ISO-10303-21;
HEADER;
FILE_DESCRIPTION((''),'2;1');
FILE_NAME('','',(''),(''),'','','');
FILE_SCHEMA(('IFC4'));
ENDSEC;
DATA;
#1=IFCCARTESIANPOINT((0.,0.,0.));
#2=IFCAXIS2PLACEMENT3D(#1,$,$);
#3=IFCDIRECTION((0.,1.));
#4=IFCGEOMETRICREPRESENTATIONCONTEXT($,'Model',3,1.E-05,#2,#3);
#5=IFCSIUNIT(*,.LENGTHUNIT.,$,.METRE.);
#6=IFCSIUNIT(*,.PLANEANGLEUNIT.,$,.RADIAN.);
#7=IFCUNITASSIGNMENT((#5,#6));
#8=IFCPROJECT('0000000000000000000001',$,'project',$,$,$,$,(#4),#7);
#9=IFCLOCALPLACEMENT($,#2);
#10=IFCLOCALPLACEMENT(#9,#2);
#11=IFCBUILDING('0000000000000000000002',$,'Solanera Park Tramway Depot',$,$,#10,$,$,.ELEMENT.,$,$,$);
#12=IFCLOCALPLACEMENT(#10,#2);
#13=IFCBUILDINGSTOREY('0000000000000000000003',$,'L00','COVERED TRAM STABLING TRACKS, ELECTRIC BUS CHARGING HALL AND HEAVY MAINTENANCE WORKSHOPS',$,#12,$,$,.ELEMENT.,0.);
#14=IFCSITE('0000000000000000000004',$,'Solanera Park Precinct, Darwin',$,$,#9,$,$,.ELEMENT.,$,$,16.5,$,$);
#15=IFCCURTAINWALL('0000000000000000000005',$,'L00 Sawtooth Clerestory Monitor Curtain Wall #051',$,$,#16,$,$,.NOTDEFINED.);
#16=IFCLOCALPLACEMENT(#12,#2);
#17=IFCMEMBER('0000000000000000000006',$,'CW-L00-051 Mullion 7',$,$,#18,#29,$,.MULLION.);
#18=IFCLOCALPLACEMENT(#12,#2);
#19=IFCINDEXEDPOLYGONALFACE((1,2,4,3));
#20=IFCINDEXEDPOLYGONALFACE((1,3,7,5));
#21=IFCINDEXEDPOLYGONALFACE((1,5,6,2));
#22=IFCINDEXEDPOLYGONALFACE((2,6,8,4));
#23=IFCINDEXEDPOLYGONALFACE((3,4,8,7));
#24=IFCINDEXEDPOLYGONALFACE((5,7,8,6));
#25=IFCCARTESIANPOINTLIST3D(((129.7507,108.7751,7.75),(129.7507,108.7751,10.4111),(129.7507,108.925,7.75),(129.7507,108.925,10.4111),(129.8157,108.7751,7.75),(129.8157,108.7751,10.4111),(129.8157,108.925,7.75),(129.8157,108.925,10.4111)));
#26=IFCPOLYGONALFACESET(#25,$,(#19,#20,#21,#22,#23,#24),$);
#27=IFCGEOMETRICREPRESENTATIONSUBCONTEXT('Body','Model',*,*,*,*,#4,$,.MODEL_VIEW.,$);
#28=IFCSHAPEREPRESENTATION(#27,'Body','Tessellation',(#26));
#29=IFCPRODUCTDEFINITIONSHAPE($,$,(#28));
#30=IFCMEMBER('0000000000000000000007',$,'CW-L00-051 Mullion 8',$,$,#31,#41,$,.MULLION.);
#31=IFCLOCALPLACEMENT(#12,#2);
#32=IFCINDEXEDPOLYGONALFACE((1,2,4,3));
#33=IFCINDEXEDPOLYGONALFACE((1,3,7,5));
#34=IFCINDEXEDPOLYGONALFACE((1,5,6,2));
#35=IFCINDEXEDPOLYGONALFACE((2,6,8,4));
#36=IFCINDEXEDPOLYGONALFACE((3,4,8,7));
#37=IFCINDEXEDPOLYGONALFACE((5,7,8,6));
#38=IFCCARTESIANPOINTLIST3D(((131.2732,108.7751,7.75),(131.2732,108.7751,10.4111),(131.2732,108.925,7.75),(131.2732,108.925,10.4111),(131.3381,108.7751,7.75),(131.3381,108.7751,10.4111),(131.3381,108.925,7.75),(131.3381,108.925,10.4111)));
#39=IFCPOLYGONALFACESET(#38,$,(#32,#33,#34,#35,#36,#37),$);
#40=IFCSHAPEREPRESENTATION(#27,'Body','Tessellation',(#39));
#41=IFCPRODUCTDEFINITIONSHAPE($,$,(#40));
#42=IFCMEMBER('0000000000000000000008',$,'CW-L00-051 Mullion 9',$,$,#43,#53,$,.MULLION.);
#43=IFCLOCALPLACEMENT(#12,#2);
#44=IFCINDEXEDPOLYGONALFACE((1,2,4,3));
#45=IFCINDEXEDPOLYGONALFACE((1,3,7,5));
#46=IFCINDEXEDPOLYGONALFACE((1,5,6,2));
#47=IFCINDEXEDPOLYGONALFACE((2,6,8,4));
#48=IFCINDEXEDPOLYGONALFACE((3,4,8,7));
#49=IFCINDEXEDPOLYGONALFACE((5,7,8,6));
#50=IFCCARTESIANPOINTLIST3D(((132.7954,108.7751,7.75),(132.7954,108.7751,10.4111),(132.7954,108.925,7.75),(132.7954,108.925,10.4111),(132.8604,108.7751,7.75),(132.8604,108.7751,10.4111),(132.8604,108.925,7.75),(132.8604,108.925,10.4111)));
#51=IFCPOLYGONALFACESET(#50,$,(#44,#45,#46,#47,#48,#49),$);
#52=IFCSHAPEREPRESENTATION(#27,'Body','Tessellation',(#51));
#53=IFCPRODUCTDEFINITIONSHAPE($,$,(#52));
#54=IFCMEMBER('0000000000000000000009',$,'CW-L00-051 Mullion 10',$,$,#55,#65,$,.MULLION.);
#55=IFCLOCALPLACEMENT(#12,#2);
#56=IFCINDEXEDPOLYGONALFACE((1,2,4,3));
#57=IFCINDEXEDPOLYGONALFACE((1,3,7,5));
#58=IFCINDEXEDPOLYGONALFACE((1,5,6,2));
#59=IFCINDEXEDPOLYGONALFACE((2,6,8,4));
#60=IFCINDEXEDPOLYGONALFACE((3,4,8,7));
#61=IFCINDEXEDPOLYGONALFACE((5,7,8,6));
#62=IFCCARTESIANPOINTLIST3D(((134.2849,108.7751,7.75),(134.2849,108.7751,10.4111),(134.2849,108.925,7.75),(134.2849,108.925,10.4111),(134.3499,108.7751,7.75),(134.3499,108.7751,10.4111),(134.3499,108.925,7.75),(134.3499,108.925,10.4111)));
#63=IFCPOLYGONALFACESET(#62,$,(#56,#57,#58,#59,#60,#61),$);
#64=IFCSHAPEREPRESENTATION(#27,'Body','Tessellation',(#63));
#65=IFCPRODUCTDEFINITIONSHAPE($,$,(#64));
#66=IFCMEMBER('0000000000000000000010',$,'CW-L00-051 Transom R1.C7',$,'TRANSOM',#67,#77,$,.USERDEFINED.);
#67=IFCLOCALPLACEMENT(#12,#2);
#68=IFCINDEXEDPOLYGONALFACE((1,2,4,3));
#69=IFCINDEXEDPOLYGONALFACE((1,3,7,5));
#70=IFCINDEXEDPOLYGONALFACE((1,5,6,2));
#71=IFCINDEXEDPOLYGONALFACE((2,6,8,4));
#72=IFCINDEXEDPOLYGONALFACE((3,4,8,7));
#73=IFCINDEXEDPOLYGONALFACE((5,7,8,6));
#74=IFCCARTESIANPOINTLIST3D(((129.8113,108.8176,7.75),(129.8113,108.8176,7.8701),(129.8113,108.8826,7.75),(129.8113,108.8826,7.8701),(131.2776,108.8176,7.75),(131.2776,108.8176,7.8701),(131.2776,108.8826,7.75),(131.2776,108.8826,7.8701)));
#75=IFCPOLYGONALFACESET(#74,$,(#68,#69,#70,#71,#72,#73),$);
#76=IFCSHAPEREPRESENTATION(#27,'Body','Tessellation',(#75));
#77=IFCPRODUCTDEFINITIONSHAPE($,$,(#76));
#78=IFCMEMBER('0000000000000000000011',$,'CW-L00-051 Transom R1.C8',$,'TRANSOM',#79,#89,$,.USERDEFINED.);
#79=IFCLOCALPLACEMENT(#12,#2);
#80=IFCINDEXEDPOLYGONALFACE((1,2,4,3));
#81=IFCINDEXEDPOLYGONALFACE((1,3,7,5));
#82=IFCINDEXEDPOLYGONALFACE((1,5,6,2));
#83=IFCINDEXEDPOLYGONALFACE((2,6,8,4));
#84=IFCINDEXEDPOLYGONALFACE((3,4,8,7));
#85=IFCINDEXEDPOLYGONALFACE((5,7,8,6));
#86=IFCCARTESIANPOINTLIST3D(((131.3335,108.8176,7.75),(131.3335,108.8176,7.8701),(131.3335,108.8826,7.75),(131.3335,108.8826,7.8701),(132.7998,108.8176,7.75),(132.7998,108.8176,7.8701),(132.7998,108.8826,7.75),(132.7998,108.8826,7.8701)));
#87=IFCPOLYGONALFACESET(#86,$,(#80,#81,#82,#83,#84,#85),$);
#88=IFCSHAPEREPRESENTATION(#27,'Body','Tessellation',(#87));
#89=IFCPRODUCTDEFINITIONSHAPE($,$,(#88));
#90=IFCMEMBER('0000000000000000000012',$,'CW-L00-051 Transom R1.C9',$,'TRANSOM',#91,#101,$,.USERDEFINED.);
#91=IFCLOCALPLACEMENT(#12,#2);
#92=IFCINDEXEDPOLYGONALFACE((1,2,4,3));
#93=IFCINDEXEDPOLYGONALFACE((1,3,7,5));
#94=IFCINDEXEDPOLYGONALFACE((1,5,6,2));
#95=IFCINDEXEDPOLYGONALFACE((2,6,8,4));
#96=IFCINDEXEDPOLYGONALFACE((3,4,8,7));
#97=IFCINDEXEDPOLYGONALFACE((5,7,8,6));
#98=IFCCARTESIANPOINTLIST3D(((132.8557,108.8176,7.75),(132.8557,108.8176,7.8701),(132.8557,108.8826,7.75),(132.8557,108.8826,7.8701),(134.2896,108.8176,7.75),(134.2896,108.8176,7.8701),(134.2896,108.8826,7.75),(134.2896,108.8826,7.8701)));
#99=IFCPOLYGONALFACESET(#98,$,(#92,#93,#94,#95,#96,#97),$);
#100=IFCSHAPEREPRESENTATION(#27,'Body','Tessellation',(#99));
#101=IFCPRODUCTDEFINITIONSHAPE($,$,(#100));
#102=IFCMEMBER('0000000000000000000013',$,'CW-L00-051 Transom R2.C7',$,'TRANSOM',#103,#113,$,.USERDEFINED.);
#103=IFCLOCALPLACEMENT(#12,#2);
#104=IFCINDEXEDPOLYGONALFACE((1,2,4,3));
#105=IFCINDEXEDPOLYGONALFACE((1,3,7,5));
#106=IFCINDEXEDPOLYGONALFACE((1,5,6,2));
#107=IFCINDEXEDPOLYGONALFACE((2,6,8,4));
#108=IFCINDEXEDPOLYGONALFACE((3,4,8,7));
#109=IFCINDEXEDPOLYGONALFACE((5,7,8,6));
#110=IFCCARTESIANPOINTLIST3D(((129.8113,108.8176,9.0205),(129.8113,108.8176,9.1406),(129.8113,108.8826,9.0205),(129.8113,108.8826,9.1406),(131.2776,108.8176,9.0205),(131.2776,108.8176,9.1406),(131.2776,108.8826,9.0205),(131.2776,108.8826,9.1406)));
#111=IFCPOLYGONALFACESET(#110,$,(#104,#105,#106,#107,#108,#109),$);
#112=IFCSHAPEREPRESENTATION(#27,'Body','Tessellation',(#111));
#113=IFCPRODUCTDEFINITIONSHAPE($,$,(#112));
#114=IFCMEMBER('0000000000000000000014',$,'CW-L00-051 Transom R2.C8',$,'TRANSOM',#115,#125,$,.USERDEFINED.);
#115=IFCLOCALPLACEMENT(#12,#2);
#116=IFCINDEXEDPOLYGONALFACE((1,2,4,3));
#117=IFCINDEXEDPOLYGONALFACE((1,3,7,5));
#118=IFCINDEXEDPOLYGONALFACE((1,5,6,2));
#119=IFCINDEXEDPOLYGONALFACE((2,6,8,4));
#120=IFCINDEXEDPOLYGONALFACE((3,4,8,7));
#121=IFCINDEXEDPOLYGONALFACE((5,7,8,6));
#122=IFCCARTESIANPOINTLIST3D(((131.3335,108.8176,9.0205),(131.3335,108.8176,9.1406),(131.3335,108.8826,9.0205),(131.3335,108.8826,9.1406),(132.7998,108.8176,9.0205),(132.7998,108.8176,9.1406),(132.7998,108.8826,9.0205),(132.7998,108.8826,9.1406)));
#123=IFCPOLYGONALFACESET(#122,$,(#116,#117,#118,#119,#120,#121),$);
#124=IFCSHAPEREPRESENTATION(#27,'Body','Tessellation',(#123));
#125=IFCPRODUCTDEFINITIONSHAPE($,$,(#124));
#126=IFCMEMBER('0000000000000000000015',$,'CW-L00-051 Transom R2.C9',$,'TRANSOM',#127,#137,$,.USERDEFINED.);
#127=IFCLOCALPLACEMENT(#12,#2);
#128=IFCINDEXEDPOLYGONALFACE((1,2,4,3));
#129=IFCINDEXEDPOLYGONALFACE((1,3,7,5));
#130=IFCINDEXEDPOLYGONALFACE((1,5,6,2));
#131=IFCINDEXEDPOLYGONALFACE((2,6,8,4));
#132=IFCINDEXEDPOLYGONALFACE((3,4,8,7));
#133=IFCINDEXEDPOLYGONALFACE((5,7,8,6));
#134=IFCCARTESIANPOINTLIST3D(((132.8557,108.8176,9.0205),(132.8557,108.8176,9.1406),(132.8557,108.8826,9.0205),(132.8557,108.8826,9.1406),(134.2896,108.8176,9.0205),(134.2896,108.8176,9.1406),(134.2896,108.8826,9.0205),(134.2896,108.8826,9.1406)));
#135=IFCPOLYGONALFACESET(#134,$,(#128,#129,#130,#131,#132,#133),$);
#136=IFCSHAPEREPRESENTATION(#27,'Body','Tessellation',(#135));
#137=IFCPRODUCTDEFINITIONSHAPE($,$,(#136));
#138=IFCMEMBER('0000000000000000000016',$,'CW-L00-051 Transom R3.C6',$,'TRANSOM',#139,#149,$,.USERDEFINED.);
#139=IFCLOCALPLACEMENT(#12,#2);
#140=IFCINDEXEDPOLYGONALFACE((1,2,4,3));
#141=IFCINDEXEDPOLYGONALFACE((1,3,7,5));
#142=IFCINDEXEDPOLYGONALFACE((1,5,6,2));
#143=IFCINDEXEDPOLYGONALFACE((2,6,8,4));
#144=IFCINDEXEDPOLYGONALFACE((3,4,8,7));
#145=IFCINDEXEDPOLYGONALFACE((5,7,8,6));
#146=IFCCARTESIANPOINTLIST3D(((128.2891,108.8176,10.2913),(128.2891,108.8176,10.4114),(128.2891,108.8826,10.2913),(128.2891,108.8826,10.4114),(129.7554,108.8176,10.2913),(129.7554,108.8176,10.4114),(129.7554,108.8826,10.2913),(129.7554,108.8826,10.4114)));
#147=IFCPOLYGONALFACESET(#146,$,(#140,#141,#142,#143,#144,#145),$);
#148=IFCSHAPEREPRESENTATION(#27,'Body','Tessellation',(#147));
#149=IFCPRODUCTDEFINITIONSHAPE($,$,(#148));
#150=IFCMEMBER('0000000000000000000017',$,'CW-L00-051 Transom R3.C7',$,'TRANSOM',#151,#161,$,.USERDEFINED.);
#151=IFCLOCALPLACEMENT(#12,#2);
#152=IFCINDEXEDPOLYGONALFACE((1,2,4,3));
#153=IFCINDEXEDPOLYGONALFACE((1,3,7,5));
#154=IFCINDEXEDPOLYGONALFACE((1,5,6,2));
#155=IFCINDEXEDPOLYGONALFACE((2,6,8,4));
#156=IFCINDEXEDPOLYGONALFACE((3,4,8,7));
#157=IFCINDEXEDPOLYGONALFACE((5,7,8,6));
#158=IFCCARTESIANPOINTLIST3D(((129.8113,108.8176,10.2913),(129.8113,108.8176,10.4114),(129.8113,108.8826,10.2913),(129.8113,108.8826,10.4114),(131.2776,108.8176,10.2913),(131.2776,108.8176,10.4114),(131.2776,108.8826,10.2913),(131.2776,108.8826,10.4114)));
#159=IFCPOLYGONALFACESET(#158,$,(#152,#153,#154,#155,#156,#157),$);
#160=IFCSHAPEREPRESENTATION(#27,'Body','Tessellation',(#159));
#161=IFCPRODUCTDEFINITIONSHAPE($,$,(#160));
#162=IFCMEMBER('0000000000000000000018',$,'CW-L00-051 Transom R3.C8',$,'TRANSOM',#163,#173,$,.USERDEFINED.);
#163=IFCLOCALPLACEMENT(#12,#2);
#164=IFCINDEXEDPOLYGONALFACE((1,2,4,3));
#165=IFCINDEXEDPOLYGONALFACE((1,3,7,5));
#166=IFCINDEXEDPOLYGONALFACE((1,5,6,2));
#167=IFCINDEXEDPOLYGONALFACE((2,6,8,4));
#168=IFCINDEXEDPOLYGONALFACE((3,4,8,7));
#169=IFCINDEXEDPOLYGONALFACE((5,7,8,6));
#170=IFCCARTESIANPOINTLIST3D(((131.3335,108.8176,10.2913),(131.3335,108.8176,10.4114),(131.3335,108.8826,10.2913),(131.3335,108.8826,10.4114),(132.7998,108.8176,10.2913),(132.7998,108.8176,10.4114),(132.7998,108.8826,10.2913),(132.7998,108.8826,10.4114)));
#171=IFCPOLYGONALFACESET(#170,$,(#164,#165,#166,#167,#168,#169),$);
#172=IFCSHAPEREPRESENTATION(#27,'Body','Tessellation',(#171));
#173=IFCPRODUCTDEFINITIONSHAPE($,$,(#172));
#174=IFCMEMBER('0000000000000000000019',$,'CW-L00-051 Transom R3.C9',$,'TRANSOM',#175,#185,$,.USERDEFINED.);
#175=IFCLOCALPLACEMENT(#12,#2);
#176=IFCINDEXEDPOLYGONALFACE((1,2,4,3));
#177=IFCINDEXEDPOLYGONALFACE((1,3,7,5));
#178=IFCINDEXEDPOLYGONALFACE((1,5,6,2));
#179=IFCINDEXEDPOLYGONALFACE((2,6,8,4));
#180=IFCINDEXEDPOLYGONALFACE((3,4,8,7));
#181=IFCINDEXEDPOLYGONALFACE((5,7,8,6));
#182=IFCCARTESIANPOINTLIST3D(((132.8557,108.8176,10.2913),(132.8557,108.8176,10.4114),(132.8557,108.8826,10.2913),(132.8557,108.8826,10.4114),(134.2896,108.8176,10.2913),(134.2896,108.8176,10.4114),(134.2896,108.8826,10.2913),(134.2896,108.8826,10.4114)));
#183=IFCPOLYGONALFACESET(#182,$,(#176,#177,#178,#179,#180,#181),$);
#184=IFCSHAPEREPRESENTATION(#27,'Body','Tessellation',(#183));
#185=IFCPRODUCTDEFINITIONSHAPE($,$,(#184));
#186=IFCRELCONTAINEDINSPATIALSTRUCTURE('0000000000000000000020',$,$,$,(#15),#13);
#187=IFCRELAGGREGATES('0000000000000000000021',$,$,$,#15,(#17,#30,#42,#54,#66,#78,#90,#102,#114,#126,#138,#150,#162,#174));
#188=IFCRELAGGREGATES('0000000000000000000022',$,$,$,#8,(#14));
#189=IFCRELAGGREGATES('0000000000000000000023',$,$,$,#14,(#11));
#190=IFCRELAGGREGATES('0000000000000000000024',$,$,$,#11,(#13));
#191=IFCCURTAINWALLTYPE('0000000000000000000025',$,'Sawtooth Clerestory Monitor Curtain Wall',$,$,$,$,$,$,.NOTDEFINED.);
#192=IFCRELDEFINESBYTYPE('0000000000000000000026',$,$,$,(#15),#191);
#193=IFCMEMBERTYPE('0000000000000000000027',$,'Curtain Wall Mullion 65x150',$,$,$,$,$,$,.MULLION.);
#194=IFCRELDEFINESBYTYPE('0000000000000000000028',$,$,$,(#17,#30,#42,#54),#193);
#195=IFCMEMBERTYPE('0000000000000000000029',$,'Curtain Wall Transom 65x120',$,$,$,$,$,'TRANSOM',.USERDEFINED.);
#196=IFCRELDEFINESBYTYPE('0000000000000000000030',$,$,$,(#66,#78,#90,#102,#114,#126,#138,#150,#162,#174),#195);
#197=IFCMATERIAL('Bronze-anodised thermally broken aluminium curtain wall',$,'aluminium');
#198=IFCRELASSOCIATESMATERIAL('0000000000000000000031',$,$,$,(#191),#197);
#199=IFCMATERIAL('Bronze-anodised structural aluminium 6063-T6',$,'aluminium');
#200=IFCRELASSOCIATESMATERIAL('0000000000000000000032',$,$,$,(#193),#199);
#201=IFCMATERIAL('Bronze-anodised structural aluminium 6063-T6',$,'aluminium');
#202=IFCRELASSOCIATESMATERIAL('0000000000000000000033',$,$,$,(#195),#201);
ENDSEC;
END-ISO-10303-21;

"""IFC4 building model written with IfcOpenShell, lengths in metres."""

from ifc_helpers import new_model, si_unit, direction, frame, origin, origin_2d, place, context, subcontext, project, spatial, rectangle, extrude, material, material_profile, profile_set, type_object, element, aggregate, save


model = new_model("IFC4")

# Units and contexts
model_context = context("Model", 3, precision=1e-05, world=origin(), true_north=direction((0.0, 1.0)))
body_context = subcontext(model_context, "Body", "Model", "MODEL_VIEW")
ifc_project = project(units=[si_unit("LENGTHUNIT", "METRE"), si_unit("PLANEANGLEUNIT", "RADIAN")], contexts=[model_context])

# Site, building, storey
site_placement = place(None, origin())
site = spatial("IfcSite", under=ifc_project, at=site_placement, Name="Solanera Park Precinct, Darwin", CompositionType="ELEMENT", RefElevation=16.5)
building_placement = place(site_placement, origin())
building = spatial("IfcBuilding", under=site, at=building_placement, Name="Solanera Park Tramway Depot", CompositionType="ELEMENT")
storey_placement = place(building_placement, origin())
storey = spatial("IfcBuildingStorey", under=building, at=storey_placement, Name="L00", Description="COVERED TRAM STABLING TRACKS, ELECTRIC BUS CHARGING HALL AND HEAVY MAINTENANCE WORKSHOPS", CompositionType="ELEMENT", Elevation=0.0)

# Curtain wall, members
ifc_material_1 = material(Name="Bronze-anodised thermally broken aluminium curtain wall", Category="aluminium")
curtain_wall_type = type_object("IfcCurtainWallType", Name="Sawtooth Clerestory Monitor Curtain Wall", PredefinedType="NOTDEFINED", material=ifc_material_1)
curtain_wall_placement = place(storey_placement, origin())
curtain_wall = element("IfcCurtainWall", 1, at=curtain_wall_placement, inside=storey, type_object=curtain_wall_type, Name="L00 Sawtooth Clerestory Monitor Curtain Wall #051", PredefinedType="NOTDEFINED")
ifc_material_2 = material(Name="Bronze-anodised structural aluminium 6063-T6", Category="aluminium")
ifc_material_profile_1 = material_profile(ifc_material_2, rectangle(XDim=0.0649, YDim=0.1499, at=origin_2d()), Name="Curtain Wall Mullion 65x150")
ifc_profile_set_1 = profile_set([ifc_material_profile_1], Name="Bronze-anodised structural aluminium 6063-T6")
member_type_1 = type_object("IfcMemberType", Name="Curtain Wall Mullion 65x150", PredefinedType="MULLION", material=ifc_profile_set_1)
member_1_placement = place(storey_placement, frame((129.7832, 108.8501, 7.75), z_axis=(0.0, 0.0, 1.0), x_axis=(1.0, 0.0, 0.0)))
member_1 = element("IfcMember", 2, at=member_1_placement, type_object=member_type_1, Name="CW-L00-051 Mullion 7", PredefinedType="MULLION", context=body_context, shape_type="SweptSolid", body=[
    extrude(rectangle(XDim=0.0649, YDim=0.1499, at=origin_2d()), origin(), (0.0, 0.0, 1.0), 2.6611),
])
member_2_placement = place(storey_placement, frame((131.3057, 108.8501, 7.75), z_axis=(0.0, 0.0, 1.0), x_axis=(1.0, 0.0, 0.0)))
member_2 = element("IfcMember", 3, at=member_2_placement, type_object=member_type_1, Name="CW-L00-051 Mullion 8", PredefinedType="MULLION", context=body_context, shape_type="SweptSolid", body=[
    extrude(rectangle(XDim=0.0649, YDim=0.1499, at=origin_2d()), origin(), (0.0, 0.0, 1.0), 2.6611),
])
member_3_placement = place(storey_placement, frame((132.8279, 108.8501, 7.75), z_axis=(0.0, 0.0, 1.0), x_axis=(1.0, 0.0, 0.0)))
member_3 = element("IfcMember", 4, at=member_3_placement, type_object=member_type_1, Name="CW-L00-051 Mullion 9", PredefinedType="MULLION", context=body_context, shape_type="SweptSolid", body=[
    extrude(rectangle(XDim=0.0649, YDim=0.1499, at=origin_2d()), origin(), (0.0, 0.0, 1.0), 2.6611),
])
member_4_placement = place(storey_placement, frame((134.3174, 108.8501, 7.75), z_axis=(0.0, 0.0, 1.0), x_axis=(1.0, 0.0, 0.0)))
member_4 = element("IfcMember", 5, at=member_4_placement, type_object=member_type_1, Name="CW-L00-051 Mullion 10", PredefinedType="MULLION", context=body_context, shape_type="SweptSolid", body=[
    extrude(rectangle(XDim=0.0649, YDim=0.1499, at=origin_2d()), origin(), (0.0, 0.0, 1.0), 2.6611),
])
ifc_material_3 = material(Name="Bronze-anodised structural aluminium 6063-T6", Category="aluminium")
ifc_material_profile_2 = material_profile(ifc_material_3, rectangle(XDim=0.0649, YDim=0.1201, at=origin_2d()), Name="Curtain Wall Transom 65x120")
ifc_profile_set_2 = profile_set([ifc_material_profile_2], Name="Bronze-anodised structural aluminium 6063-T6")
member_type_2 = type_object("IfcMemberType", Name="Curtain Wall Transom 65x120", ElementType="TRANSOM", PredefinedType="USERDEFINED", material=ifc_profile_set_2)
member_5_placement = place(storey_placement, frame((129.8113, 108.8501, 7.8101), z_axis=(1.0, 0.0, 0.0), x_axis=(0.0, 1.0, 0.0)))
member_5 = element("IfcMember", 6, at=member_5_placement, type_object=member_type_2, Name="CW-L00-051 Transom R1.C7", ObjectType="TRANSOM", PredefinedType="USERDEFINED", context=body_context, shape_type="SweptSolid", body=[
    extrude(rectangle(XDim=0.0649, YDim=0.1201, at=origin_2d()), origin(), (0.0, 0.0, 1.0), 1.4663),
])
member_6_placement = place(storey_placement, frame((131.3335, 108.8501, 7.8101), z_axis=(1.0, 0.0, 0.0), x_axis=(0.0, 1.0, 0.0)))
member_6 = element("IfcMember", 7, at=member_6_placement, type_object=member_type_2, Name="CW-L00-051 Transom R1.C8", ObjectType="TRANSOM", PredefinedType="USERDEFINED", context=body_context, shape_type="SweptSolid", body=[
    extrude(rectangle(XDim=0.0649, YDim=0.1201, at=origin_2d()), origin(), (0.0, 0.0, 1.0), 1.4663),
])
member_7_placement = place(storey_placement, frame((132.8557, 108.8501, 7.8101), z_axis=(1.0, 0.0, 0.0), x_axis=(0.0, 1.0, 0.0)))
member_7 = element("IfcMember", 8, at=member_7_placement, type_object=member_type_2, Name="CW-L00-051 Transom R1.C9", ObjectType="TRANSOM", PredefinedType="USERDEFINED", context=body_context, shape_type="SweptSolid", body=[
    extrude(rectangle(XDim=0.0649, YDim=0.1201, at=origin_2d()), origin(), (0.0, 0.0, 1.0), 1.4338),
])
member_8_placement = place(storey_placement, frame((129.8113, 108.8501, 9.0806), z_axis=(1.0, 0.0, 0.0), x_axis=(0.0, 1.0, 0.0)))
member_8 = element("IfcMember", 9, at=member_8_placement, type_object=member_type_2, Name="CW-L00-051 Transom R2.C7", ObjectType="TRANSOM", PredefinedType="USERDEFINED", context=body_context, shape_type="SweptSolid", body=[
    extrude(rectangle(XDim=0.0649, YDim=0.1201, at=origin_2d()), origin(), (0.0, 0.0, 1.0), 1.4663),
])
member_9_placement = place(storey_placement, frame((131.3335, 108.8501, 9.0806), z_axis=(1.0, 0.0, 0.0), x_axis=(0.0, 1.0, 0.0)))
member_9 = element("IfcMember", 10, at=member_9_placement, type_object=member_type_2, Name="CW-L00-051 Transom R2.C8", ObjectType="TRANSOM", PredefinedType="USERDEFINED", context=body_context, shape_type="SweptSolid", body=[
    extrude(rectangle(XDim=0.0649, YDim=0.1201, at=origin_2d()), origin(), (0.0, 0.0, 1.0), 1.4663),
])
member_10_placement = place(storey_placement, frame((132.8557, 108.8501, 9.0806), z_axis=(1.0, 0.0, 0.0), x_axis=(0.0, 1.0, 0.0)))
member_10 = element("IfcMember", 11, at=member_10_placement, type_object=member_type_2, Name="CW-L00-051 Transom R2.C9", ObjectType="TRANSOM", PredefinedType="USERDEFINED", context=body_context, shape_type="SweptSolid", body=[
    extrude(rectangle(XDim=0.0649, YDim=0.1201, at=origin_2d()), origin(), (0.0, 0.0, 1.0), 1.4338),
])
member_11_placement = place(storey_placement, frame((128.2891, 108.8501, 10.3513), z_axis=(1.0, 0.0, 0.0), x_axis=(0.0, 1.0, 0.0)))
member_11 = element("IfcMember", 12, at=member_11_placement, type_object=member_type_2, Name="CW-L00-051 Transom R3.C6", ObjectType="TRANSOM", PredefinedType="USERDEFINED", context=body_context, shape_type="SweptSolid", body=[
    extrude(rectangle(XDim=0.0649, YDim=0.1201, at=origin_2d()), origin(), (0.0, 0.0, 1.0), 1.4663),
])
member_12_placement = place(storey_placement, frame((129.8113, 108.8501, 10.3513), z_axis=(1.0, 0.0, 0.0), x_axis=(0.0, 1.0, 0.0)))
member_12 = element("IfcMember", 13, at=member_12_placement, type_object=member_type_2, Name="CW-L00-051 Transom R3.C7", ObjectType="TRANSOM", PredefinedType="USERDEFINED", context=body_context, shape_type="SweptSolid", body=[
    extrude(rectangle(XDim=0.0649, YDim=0.1201, at=origin_2d()), origin(), (0.0, 0.0, 1.0), 1.4663),
])
member_13_placement = place(storey_placement, frame((131.3335, 108.8501, 10.3513), z_axis=(1.0, 0.0, 0.0), x_axis=(0.0, 1.0, 0.0)))
member_13 = element("IfcMember", 14, at=member_13_placement, type_object=member_type_2, Name="CW-L00-051 Transom R3.C8", ObjectType="TRANSOM", PredefinedType="USERDEFINED", context=body_context, shape_type="SweptSolid", body=[
    extrude(rectangle(XDim=0.0649, YDim=0.1201, at=origin_2d()), origin(), (0.0, 0.0, 1.0), 1.4663),
])
member_14_placement = place(storey_placement, frame((132.8557, 108.8501, 10.3513), z_axis=(1.0, 0.0, 0.0), x_axis=(0.0, 1.0, 0.0)))
member_14 = element("IfcMember", 15, at=member_14_placement, type_object=member_type_2, Name="CW-L00-051 Transom R3.C9", ObjectType="TRANSOM", PredefinedType="USERDEFINED", context=body_context, shape_type="SweptSolid", body=[
    extrude(rectangle(XDim=0.0649, YDim=0.1201, at=origin_2d()), origin(), (0.0, 0.0, 1.0), 1.4338),
])

aggregate(curtain_wall, [member_1, member_2, member_3, member_4, member_5, member_6, member_7, member_8, member_9, member_10, member_11, member_12, member_13, member_14])

save(model, "model.ifc")
